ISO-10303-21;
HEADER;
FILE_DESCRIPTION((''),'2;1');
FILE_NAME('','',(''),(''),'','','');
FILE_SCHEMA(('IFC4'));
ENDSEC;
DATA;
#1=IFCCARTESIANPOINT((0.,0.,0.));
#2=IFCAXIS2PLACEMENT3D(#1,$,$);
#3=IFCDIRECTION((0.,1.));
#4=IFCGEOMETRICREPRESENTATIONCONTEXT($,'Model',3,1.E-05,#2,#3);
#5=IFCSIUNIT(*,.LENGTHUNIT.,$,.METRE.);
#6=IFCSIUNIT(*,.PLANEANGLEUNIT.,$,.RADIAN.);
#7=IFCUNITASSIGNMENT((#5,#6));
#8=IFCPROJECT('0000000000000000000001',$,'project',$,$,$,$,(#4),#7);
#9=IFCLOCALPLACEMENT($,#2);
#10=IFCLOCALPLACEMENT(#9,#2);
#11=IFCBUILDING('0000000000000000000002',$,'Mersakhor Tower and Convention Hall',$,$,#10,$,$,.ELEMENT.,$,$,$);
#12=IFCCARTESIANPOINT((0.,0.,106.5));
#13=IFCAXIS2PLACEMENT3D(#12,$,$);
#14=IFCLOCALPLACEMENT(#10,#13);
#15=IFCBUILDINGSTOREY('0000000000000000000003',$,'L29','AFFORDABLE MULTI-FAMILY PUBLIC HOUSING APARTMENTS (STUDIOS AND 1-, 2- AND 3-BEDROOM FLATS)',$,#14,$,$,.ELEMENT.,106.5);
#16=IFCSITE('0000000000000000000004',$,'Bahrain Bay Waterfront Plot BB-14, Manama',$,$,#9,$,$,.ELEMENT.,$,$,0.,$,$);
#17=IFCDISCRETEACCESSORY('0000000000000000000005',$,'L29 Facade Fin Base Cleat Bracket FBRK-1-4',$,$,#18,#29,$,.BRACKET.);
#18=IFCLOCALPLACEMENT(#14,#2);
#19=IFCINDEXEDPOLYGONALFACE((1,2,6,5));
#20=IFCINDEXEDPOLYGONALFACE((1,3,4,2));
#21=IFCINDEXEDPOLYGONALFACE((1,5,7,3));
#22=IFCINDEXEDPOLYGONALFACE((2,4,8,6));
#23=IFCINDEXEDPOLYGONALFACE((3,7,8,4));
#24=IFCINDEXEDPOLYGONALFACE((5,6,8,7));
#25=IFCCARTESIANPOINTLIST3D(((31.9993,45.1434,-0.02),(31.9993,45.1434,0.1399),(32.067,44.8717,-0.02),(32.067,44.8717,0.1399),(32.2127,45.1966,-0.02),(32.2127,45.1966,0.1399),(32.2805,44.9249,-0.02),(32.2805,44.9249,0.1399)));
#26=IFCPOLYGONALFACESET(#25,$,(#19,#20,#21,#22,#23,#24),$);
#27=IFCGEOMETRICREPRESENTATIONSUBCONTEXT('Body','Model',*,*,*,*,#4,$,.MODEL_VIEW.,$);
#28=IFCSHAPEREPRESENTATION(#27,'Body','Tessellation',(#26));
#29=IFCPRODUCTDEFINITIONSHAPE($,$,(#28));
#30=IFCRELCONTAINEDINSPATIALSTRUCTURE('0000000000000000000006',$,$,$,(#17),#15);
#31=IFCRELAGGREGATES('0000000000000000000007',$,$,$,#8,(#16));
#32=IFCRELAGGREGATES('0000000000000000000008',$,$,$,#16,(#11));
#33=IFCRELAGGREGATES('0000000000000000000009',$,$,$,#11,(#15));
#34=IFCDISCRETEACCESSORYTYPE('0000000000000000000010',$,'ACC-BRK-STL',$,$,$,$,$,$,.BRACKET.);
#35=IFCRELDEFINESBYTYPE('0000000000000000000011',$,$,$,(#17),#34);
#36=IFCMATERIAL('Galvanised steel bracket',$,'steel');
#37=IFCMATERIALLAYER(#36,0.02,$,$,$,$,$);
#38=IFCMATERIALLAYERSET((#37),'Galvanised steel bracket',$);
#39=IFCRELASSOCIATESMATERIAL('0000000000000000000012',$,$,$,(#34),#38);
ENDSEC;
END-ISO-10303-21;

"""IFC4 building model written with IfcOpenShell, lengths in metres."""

from ifc_helpers import new_model, si_unit, direction, frame, origin, origin_2d, place, context, subcontext, project, spatial, rectangle, extrude, material, layer, layer_set, type_object, element, save


model = new_model("IFC4")

# Units and contexts
model_context = context("Model", 3, precision=1e-05, world=origin(), true_north=direction((0.0, 1.0)))
body_context = subcontext(model_context, "Body", "Model", "MODEL_VIEW")
ifc_project = project(units=[si_unit("LENGTHUNIT", "METRE"), si_unit("PLANEANGLEUNIT", "RADIAN")], contexts=[model_context])

# Site, building, storey
site_placement = place(None, origin())
site = spatial("IfcSite", under=ifc_project, at=site_placement, Name="Bahrain Bay Waterfront Plot BB-14, Manama", CompositionType="ELEMENT", RefElevation=0.0)
building_placement = place(site_placement, origin())
building = spatial("IfcBuilding", under=site, at=building_placement, Name="Mersakhor Tower and Convention Hall", CompositionType="ELEMENT")
storey_placement = place(building_placement, frame((0.0, 0.0, 106.5)))
storey = spatial("IfcBuildingStorey", under=building, at=storey_placement, Name="L29", Description="AFFORDABLE MULTI-FAMILY PUBLIC HOUSING APARTMENTS (STUDIOS AND 1-, 2- AND 3-BEDROOM FLATS)", CompositionType="ELEMENT", Elevation=106.5)

# Discrete accessory
ifc_material_1 = material(Name="Galvanised steel bracket", Category="steel")
ifc_layer_1 = layer(ifc_material_1, 0.02)
ifc_layer_set_1 = layer_set([ifc_layer_1], Name="Galvanised steel bracket")
discrete_accessory_type = type_object("IfcDiscreteAccessoryType", Name="ACC-BRK-STL", PredefinedType="BRACKET", material=ifc_layer_set_1)
discrete_accessory_placement = place(storey_placement, frame((32.1399, 45.0342, -0.02), z_axis=(0.0, 0.0, 1.0), x_axis=(-0.241922, 0.970296, 0.0)))
element("IfcDiscreteAccessory", 1, at=discrete_accessory_placement, inside=storey, type_object=discrete_accessory_type, Name="L29 Facade Fin Base Cleat Bracket FBRK-1-4", PredefinedType="BRACKET", context=body_context, shape_type="SweptSolid", body=[
    extrude(rectangle(XDim=0.28, YDim=0.22, at=origin_2d()), origin(), (0.0, 0.0, 1.0), 0.1599),
])

save(model, "model.ifc")
